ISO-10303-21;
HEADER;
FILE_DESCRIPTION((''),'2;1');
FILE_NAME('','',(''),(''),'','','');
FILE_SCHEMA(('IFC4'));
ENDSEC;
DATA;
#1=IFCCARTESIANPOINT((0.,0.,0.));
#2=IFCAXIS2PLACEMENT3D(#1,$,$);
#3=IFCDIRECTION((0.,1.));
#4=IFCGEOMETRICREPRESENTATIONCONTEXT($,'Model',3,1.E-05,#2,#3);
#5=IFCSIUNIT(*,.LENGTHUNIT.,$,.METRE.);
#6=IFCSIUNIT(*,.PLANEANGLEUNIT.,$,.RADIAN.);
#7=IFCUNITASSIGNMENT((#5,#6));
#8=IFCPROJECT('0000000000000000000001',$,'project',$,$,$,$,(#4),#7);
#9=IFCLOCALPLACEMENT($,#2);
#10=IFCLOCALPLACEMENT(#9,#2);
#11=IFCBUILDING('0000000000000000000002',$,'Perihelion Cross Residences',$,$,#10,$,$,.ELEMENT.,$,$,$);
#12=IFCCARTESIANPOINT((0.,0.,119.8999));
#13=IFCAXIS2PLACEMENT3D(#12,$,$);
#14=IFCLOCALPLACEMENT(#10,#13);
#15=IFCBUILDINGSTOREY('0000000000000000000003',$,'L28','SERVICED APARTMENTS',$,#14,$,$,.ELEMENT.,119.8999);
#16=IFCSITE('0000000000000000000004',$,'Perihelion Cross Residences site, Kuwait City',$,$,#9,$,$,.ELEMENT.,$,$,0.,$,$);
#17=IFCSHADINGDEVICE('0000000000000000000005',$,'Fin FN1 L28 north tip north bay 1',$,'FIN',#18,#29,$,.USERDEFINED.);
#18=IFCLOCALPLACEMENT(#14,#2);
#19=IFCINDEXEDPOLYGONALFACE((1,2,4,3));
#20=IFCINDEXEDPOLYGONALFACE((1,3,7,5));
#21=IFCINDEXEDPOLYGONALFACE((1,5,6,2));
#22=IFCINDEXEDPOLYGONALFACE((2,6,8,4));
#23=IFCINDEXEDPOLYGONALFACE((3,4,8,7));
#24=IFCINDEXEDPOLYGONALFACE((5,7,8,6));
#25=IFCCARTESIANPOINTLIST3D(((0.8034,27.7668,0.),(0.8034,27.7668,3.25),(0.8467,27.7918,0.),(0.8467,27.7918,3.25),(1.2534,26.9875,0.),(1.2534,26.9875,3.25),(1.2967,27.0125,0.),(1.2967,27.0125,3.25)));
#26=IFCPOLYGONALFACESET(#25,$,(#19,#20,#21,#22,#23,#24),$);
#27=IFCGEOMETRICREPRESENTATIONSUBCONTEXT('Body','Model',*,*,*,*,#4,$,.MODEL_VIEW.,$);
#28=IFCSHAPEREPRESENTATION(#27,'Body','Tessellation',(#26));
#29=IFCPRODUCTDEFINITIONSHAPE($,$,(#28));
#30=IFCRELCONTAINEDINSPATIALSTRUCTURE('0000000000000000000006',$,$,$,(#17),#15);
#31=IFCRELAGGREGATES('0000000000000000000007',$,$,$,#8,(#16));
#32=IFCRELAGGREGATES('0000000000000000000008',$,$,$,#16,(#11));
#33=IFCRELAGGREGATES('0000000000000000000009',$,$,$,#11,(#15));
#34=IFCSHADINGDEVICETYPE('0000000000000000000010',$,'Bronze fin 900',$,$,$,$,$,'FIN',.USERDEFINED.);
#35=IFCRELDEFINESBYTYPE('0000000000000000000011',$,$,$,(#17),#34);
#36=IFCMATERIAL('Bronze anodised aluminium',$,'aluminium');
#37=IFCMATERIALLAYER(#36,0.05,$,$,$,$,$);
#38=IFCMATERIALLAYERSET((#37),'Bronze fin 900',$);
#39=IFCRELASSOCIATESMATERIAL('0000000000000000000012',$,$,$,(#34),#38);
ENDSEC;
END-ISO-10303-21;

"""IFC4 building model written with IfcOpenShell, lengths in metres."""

from ifc_helpers import new_model, si_unit, direction, frame, origin, origin_2d, place, context, subcontext, project, spatial, rectangle, extrude, material, layer, layer_set, type_object, element, save


model = new_model("IFC4")

# Units and contexts
model_context = context("Model", 3, precision=1e-05, world=origin(), true_north=direction((0.0, 1.0)))
body_context = subcontext(model_context, "Body", "Model", "MODEL_VIEW")
ifc_project = project(units=[si_unit("LENGTHUNIT", "METRE"), si_unit("PLANEANGLEUNIT", "RADIAN")], contexts=[model_context])

# Site, building, storey
site_placement = place(None, origin())
site = spatial("IfcSite", under=ifc_project, at=site_placement, Name="Perihelion Cross Residences site, Kuwait City", CompositionType="ELEMENT", RefElevation=0.0)
building_placement = place(site_placement, origin())
building = spatial("IfcBuilding", under=site, at=building_placement, Name="Perihelion Cross Residences", CompositionType="ELEMENT")
storey_placement = place(building_placement, frame((0.0, 0.0, 119.8999)))
storey = spatial("IfcBuildingStorey", under=building, at=storey_placement, Name="L28", Description="SERVICED APARTMENTS", CompositionType="ELEMENT", Elevation=119.8999)

# Shading device
ifc_material_1 = material(Name="Bronze anodised aluminium", Category="aluminium")
ifc_layer_1 = layer(ifc_material_1, 0.05)
ifc_layer_set_1 = layer_set([ifc_layer_1], Name="Bronze fin 900")
shading_device_type = type_object("IfcShadingDeviceType", Name="Bronze fin 900", ElementType="FIN", PredefinedType="USERDEFINED", material=ifc_layer_set_1)
shading_device_placement = place(storey_placement, frame((1.05, 27.3896, 0.0), z_axis=(0.0, 0.0, 1.0), x_axis=(-0.5, 0.866025, 0.0)))
element("IfcShadingDevice", 1, at=shading_device_placement, inside=storey, type_object=shading_device_type, Name="Fin FN1 L28 north tip north bay 1", ObjectType="FIN", PredefinedType="USERDEFINED", context=body_context, shape_type="SweptSolid", body=[
    extrude(rectangle(XDim=0.8999, YDim=0.05, at=origin_2d()), origin(), (0.0, 0.0, 1.0), 3.25),
])

save(model, "model.ifc")
